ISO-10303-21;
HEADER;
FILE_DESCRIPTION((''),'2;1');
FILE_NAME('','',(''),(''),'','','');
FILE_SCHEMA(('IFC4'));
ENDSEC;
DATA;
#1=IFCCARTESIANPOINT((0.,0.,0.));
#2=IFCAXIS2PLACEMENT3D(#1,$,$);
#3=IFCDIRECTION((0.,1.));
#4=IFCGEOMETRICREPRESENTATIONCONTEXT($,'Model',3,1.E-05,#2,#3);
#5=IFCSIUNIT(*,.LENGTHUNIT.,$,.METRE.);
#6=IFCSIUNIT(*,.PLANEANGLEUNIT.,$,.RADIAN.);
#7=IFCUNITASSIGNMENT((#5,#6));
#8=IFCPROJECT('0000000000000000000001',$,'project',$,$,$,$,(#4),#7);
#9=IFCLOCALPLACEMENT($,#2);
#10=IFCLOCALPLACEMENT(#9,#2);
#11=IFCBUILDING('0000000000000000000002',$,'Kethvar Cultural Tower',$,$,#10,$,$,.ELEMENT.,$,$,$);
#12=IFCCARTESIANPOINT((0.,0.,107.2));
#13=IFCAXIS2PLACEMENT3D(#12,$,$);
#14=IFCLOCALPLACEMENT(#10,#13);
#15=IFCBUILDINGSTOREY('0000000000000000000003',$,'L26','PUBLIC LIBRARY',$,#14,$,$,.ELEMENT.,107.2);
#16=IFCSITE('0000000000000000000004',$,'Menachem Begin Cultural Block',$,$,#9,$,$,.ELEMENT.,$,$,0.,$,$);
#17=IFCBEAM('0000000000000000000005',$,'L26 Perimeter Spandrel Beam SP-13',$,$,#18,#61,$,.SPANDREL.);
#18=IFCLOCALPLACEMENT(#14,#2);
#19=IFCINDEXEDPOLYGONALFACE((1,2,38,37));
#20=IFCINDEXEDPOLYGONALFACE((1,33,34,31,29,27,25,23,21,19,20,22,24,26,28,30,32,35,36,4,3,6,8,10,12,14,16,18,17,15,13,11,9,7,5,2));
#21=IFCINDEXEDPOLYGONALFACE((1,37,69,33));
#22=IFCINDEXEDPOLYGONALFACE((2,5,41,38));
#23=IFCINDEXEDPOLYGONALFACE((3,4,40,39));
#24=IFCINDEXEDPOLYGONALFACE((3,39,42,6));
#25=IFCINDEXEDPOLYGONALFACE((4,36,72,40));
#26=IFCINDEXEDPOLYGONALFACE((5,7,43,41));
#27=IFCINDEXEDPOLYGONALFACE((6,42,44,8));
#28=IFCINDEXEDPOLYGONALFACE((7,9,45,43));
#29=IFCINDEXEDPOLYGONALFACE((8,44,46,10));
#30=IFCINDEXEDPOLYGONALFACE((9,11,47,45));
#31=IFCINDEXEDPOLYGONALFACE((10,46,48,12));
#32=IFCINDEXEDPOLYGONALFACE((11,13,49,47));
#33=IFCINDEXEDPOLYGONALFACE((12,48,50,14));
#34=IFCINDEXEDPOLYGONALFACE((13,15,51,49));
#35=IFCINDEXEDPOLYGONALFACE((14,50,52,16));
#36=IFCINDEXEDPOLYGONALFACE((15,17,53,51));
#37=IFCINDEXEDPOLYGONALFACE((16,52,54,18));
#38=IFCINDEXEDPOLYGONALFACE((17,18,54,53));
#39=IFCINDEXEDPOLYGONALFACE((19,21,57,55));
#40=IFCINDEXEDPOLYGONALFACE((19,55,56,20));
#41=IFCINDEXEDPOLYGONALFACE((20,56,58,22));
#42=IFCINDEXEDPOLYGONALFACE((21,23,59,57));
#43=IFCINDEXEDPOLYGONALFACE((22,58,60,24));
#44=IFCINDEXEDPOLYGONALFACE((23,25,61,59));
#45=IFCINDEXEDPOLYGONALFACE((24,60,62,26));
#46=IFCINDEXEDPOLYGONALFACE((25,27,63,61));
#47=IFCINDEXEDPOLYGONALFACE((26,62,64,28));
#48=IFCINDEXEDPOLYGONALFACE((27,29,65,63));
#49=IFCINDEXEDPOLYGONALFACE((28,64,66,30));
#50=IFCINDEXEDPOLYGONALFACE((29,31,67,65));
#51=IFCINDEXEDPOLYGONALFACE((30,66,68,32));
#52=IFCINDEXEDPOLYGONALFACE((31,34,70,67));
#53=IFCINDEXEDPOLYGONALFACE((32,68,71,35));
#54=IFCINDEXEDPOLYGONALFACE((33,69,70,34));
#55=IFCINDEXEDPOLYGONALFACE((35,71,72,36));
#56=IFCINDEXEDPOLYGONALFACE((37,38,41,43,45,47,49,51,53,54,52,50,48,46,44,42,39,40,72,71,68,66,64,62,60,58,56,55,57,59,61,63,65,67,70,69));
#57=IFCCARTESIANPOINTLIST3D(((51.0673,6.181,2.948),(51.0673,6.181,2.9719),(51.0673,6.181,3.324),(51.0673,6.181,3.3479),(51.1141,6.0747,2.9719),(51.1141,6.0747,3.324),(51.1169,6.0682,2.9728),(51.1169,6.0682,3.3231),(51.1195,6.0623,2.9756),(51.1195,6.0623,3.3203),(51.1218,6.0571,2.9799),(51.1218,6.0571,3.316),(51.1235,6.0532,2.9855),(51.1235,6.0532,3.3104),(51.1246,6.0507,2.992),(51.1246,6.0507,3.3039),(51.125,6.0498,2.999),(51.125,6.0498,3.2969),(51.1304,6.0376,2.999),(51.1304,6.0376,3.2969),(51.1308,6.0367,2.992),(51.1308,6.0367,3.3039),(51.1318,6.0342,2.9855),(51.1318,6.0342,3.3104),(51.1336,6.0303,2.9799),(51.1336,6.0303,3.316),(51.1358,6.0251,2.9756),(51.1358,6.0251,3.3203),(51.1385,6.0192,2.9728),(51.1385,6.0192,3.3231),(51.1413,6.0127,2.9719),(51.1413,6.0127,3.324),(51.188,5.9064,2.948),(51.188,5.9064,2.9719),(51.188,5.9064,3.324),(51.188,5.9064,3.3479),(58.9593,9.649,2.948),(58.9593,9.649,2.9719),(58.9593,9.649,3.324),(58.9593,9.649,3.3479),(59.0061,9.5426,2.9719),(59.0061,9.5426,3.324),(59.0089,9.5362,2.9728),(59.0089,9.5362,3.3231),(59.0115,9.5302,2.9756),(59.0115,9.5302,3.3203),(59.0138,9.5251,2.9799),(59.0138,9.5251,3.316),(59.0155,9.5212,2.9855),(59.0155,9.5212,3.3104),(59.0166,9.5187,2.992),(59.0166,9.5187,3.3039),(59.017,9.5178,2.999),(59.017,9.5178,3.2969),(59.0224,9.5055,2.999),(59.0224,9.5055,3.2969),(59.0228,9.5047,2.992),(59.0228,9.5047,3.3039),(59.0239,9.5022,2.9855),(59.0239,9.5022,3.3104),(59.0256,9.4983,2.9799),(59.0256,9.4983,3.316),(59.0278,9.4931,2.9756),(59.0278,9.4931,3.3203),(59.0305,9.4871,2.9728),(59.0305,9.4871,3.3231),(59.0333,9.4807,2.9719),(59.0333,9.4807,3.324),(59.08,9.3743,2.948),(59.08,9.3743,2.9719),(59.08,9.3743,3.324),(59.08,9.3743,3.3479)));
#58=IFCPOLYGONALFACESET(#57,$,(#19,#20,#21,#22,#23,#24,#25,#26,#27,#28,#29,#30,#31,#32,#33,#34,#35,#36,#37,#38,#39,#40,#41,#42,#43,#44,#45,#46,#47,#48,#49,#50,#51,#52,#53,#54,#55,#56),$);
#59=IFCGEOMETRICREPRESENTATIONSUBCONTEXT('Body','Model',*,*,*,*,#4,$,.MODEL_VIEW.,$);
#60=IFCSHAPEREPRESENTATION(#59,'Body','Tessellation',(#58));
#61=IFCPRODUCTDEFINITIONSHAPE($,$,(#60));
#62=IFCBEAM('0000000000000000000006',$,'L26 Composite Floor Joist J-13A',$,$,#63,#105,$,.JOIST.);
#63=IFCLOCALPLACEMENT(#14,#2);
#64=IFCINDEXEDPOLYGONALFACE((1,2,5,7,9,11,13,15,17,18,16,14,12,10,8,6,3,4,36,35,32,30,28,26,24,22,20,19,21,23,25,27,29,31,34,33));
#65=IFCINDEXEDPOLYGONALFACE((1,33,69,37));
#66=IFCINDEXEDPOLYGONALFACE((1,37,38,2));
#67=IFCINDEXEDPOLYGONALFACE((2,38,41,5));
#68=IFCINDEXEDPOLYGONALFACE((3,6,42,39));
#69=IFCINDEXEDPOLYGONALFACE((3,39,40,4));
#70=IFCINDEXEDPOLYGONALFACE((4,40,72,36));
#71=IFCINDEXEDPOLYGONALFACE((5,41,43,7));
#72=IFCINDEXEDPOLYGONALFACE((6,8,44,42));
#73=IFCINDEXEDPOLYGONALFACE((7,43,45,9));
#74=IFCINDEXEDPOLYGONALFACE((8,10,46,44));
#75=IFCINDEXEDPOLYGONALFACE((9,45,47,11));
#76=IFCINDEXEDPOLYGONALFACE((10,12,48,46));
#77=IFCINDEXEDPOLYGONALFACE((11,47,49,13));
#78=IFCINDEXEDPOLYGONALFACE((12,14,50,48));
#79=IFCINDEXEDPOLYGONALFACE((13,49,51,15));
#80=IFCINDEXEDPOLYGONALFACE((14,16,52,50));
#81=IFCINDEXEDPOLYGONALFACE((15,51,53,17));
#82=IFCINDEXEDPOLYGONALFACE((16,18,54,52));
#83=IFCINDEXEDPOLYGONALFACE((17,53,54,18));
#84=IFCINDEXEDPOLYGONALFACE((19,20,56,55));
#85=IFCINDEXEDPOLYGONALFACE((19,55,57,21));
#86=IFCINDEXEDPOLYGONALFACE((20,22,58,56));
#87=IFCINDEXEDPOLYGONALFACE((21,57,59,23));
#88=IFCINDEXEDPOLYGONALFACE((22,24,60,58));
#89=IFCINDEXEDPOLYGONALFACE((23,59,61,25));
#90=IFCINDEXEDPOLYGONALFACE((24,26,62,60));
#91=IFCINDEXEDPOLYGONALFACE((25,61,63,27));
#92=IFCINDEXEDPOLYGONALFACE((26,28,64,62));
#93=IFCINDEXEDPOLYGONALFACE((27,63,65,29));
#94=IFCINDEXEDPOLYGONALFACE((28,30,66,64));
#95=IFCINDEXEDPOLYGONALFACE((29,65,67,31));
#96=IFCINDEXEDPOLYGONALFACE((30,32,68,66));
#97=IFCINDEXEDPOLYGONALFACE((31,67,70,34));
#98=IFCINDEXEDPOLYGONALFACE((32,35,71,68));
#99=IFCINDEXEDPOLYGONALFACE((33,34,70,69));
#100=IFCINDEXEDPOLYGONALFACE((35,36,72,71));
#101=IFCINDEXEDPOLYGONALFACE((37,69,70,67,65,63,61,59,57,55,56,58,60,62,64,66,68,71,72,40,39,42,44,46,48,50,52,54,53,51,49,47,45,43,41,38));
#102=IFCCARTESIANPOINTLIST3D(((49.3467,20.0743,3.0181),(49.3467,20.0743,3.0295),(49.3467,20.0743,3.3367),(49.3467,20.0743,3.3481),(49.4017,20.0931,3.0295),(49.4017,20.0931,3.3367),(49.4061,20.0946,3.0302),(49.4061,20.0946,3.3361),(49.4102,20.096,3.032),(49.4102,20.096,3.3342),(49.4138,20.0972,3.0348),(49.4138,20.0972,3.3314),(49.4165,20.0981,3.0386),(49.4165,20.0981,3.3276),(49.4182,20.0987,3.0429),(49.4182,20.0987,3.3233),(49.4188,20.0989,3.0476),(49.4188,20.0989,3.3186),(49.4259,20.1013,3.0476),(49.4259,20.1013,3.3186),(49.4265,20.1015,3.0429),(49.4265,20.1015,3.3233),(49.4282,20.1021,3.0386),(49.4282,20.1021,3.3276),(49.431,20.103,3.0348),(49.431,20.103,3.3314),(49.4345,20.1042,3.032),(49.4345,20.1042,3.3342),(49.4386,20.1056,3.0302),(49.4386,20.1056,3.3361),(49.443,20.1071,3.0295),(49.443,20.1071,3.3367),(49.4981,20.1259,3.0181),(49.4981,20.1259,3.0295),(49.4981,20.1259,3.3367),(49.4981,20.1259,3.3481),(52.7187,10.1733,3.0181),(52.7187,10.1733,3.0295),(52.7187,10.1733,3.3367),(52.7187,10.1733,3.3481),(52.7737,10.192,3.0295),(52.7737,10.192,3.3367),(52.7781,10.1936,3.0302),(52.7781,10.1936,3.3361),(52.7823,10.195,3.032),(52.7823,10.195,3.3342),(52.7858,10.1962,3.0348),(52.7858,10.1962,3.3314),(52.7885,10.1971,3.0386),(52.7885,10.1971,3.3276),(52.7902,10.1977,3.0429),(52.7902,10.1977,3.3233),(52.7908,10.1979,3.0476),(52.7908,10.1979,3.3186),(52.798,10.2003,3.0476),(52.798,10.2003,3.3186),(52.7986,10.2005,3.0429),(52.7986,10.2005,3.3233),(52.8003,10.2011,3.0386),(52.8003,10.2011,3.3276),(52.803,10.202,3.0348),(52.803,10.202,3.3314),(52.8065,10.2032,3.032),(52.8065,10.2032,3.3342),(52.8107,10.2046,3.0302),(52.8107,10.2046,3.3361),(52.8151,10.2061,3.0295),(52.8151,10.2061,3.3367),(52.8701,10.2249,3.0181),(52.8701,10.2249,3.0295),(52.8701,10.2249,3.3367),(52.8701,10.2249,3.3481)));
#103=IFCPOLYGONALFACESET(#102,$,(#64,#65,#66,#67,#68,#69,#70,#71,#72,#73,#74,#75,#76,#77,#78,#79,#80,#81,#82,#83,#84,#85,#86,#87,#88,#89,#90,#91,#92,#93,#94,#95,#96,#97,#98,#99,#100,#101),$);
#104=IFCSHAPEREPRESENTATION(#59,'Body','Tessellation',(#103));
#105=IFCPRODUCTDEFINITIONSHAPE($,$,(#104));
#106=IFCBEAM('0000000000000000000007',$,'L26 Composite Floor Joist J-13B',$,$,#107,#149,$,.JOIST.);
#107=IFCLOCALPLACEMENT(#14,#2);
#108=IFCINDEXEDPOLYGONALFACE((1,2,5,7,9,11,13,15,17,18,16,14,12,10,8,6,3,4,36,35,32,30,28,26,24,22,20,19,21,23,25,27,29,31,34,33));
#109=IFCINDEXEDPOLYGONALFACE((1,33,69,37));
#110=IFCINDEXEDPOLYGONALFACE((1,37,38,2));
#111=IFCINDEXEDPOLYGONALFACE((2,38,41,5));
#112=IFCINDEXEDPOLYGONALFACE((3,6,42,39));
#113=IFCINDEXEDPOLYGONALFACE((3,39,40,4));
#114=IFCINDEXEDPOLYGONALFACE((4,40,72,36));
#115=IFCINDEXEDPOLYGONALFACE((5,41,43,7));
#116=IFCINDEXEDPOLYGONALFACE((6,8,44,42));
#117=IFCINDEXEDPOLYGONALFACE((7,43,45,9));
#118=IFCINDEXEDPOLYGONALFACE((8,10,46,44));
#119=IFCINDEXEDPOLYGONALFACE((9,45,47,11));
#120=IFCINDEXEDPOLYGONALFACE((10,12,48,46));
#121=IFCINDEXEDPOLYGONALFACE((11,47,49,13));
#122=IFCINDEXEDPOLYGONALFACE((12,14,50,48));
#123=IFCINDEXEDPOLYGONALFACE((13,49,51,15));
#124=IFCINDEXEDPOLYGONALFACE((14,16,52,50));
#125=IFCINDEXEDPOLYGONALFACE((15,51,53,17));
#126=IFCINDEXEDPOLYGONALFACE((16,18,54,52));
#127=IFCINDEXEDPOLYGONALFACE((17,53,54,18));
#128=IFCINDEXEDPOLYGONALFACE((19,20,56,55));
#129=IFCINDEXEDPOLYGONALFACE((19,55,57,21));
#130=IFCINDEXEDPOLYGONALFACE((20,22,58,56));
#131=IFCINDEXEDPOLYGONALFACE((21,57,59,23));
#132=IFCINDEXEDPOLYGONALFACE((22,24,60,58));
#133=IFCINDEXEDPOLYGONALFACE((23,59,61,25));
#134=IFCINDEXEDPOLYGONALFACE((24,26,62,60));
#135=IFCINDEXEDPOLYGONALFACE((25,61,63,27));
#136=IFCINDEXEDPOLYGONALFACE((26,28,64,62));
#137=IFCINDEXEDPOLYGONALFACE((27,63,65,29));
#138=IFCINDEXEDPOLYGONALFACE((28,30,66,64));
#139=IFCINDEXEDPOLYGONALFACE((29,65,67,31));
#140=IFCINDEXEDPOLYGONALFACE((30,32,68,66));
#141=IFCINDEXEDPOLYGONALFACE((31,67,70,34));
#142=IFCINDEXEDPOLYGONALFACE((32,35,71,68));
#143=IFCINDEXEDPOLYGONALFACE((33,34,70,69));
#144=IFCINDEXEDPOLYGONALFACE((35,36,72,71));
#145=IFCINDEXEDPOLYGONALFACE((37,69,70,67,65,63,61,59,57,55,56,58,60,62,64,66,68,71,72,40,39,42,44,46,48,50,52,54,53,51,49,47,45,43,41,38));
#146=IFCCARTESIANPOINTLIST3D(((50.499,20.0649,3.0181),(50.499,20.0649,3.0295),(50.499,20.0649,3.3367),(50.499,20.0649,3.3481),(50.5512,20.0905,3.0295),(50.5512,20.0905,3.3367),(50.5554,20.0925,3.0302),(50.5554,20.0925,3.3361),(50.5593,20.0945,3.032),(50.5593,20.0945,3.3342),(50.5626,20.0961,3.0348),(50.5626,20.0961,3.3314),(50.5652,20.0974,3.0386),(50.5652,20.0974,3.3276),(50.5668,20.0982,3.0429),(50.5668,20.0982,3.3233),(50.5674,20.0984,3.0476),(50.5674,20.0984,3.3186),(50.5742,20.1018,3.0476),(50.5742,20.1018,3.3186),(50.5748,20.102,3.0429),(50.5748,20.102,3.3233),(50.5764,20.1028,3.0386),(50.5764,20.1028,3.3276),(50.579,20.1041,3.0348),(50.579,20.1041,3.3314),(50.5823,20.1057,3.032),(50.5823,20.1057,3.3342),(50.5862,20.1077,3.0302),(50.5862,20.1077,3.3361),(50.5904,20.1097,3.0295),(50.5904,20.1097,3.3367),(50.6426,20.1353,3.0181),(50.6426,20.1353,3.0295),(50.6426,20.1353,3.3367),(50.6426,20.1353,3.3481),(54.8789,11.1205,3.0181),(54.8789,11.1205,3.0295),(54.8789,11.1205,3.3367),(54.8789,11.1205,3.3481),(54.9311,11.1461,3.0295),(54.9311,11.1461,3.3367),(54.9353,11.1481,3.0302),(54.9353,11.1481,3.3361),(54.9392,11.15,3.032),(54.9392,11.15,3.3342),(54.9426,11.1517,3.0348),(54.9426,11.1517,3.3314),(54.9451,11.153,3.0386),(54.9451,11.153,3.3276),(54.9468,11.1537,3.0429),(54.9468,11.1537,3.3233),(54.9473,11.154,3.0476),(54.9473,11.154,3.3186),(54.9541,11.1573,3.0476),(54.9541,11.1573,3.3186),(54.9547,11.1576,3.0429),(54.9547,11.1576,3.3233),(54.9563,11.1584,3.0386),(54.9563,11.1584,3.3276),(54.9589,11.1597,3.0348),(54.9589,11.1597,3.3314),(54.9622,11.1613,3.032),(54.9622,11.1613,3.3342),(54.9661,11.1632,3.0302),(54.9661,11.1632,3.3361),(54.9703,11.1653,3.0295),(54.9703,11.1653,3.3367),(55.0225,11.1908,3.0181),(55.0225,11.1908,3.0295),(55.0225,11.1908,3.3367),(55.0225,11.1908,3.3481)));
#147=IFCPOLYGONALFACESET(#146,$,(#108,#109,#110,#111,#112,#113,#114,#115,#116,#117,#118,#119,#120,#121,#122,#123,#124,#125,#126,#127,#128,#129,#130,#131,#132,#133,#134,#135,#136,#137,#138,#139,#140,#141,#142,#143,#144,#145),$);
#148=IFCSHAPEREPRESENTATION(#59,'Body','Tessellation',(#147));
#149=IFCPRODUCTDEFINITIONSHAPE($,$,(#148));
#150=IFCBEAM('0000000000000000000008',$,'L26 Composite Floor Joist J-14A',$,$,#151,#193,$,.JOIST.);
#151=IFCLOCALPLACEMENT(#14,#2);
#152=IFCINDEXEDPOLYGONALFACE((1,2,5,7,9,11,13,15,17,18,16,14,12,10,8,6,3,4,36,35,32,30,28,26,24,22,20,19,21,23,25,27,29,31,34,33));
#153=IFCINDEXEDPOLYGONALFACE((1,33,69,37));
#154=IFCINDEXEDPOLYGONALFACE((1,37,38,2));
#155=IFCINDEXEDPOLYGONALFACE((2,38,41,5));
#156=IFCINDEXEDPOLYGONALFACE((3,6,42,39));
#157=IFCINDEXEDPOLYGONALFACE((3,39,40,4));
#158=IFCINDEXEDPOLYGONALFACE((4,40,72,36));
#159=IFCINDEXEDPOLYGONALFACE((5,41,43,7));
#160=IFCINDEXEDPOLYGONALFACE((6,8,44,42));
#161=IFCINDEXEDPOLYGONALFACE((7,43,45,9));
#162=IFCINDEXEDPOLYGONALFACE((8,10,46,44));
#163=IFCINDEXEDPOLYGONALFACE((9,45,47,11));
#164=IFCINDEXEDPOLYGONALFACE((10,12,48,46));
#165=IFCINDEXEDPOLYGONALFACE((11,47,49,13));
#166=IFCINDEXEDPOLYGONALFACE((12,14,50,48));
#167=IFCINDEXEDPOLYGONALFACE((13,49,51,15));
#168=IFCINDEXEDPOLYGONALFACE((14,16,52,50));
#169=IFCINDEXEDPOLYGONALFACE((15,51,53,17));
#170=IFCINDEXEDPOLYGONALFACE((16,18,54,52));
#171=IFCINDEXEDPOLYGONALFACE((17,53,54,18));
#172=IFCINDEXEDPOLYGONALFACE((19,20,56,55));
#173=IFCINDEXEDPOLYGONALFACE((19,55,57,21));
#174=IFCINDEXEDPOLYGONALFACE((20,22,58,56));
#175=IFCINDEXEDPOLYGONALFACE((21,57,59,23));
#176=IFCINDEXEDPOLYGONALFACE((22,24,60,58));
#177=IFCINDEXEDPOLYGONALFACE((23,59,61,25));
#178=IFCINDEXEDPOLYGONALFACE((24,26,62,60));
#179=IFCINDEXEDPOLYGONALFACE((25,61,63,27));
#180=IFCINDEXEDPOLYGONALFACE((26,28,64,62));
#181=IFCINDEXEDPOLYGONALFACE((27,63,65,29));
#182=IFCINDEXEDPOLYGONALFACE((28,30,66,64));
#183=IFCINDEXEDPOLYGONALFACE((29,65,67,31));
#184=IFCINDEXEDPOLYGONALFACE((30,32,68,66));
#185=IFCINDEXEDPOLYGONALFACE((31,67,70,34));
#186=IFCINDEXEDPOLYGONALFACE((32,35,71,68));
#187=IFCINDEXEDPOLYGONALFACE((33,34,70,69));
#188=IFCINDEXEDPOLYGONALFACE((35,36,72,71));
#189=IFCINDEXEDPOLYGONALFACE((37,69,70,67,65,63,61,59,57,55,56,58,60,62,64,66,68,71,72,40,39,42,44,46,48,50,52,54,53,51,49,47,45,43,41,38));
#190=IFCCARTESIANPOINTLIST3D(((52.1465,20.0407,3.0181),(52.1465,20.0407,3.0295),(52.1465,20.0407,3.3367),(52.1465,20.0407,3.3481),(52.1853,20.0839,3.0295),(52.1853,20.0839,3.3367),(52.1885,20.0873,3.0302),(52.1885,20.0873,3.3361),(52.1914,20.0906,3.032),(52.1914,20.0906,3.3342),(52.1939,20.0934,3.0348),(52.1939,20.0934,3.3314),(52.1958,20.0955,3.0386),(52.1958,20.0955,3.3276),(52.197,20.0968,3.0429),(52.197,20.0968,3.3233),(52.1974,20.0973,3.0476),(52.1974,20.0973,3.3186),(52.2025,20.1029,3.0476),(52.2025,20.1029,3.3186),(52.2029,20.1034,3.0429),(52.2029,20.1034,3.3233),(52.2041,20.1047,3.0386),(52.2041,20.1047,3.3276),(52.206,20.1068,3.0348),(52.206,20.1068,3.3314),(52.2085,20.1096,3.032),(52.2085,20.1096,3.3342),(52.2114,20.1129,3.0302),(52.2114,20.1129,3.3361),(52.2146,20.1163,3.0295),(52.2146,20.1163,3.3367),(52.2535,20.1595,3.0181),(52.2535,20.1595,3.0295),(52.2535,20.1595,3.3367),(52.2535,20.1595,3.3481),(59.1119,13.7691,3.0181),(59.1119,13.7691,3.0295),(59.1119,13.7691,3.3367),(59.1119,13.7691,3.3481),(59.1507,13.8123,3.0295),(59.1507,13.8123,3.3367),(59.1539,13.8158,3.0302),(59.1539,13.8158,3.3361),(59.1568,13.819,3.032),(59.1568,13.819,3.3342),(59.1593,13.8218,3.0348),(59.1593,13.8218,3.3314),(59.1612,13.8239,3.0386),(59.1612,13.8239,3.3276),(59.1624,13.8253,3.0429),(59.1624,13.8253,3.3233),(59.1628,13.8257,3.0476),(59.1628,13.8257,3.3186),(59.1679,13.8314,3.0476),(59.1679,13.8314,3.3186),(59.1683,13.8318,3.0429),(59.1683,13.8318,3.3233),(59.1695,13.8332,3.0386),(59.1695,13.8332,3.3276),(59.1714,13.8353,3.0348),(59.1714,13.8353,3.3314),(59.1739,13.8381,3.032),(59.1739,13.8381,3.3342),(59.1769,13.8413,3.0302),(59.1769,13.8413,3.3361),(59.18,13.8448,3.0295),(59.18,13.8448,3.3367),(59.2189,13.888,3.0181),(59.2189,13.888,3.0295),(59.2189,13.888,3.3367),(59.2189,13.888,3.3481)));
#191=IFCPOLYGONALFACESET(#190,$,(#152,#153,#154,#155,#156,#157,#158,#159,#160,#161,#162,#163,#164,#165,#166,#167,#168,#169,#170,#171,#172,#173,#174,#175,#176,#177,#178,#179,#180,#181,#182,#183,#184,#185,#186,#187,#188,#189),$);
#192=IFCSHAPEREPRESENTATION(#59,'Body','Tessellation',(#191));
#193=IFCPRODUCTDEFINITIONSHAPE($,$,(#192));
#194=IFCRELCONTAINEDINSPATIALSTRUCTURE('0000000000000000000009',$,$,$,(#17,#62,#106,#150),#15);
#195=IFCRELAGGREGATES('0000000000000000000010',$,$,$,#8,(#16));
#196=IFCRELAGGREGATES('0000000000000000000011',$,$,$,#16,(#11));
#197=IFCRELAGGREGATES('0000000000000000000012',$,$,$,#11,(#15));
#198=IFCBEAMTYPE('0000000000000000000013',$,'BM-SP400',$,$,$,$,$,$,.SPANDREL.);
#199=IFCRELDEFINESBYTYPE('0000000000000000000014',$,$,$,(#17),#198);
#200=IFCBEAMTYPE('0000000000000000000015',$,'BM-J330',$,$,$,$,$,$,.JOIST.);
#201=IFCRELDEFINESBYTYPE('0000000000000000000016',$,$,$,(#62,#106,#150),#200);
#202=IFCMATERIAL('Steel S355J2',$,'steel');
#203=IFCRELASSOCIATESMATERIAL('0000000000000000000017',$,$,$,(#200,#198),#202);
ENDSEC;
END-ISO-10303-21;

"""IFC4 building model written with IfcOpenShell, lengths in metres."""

from ifc_helpers import new_model, si_unit, direction, frame, origin, origin_2d, place, context, subcontext, project, spatial, i_section, extrude, source, transform, mapped, material, material_profile, profile_set, type_object, element, save


model = new_model("IFC4")

# Units and contexts
model_context = context("Model", 3, precision=1e-05, world=origin(), true_north=direction((0.0, 1.0)))
body_context = subcontext(model_context, "Body", "Model", "MODEL_VIEW")
ifc_project = project(units=[si_unit("LENGTHUNIT", "METRE"), si_unit("PLANEANGLEUNIT", "RADIAN")], contexts=[model_context])

# Site, building, storey
site_placement = place(None, origin())
site = spatial("IfcSite", under=ifc_project, at=site_placement, Name="Menachem Begin Cultural Block", CompositionType="ELEMENT", RefElevation=0.0)
building_placement = place(site_placement, origin())
building = spatial("IfcBuilding", under=site, at=building_placement, Name="Kethvar Cultural Tower", CompositionType="ELEMENT")
storey_placement = place(building_placement, frame((0.0, 0.0, 107.2)))
storey = spatial("IfcBuildingStorey", under=building, at=storey_placement, Name="L26", Description="PUBLIC LIBRARY", CompositionType="ELEMENT", Elevation=107.2)

# Beams
ifc_material_1 = material(Name="Steel S355J2", Category="steel")
ifc_material_profile_1 = material_profile(ifc_material_1, i_section(OverallWidth=0.1599, OverallDepth=0.3301, WebThickness=0.0076, FlangeThickness=0.0115, FilletRadius=0.0181, at=origin_2d()), Name="Steel S355J2 — IPE330")
ifc_profile_set_1 = profile_set([ifc_material_profile_1], Name="Steel S355J2 — IPE330")
beam_type_1 = type_object("IfcBeamType", Name="BM-J330", PredefinedType="JOIST", material=ifc_profile_set_1)
ifc_material_profile_2 = material_profile(ifc_material_1, i_section(OverallWidth=0.3, OverallDepth=0.3999, WebThickness=0.0134, FlangeThickness=0.0239, FilletRadius=0.0271, at=origin_2d()), Name="Steel S355J2 — HEB400")
ifc_profile_set_2 = profile_set([ifc_material_profile_2], Name="Steel S355J2 — HEB400")
beam_type_2 = type_object("IfcBeamType", Name="BM-SP400", PredefinedType="SPANDREL", material=ifc_profile_set_2)
shared_shape_1 = source(origin(), body_context, "Body", "SweptSolid", [
    extrude(i_section(OverallWidth=0.3, OverallDepth=0.3999, WebThickness=0.0134, FlangeThickness=0.0239, FilletRadius=0.0271, at=origin_2d()), origin(), (0.0, 0.0, 1.0), 8.6204),
])
beam_1_placement = place(storey_placement, frame((51.1277, 6.0437, 3.1479), z_axis=(0.915507, 0.402301, 0.0), x_axis=(-0.402301, 0.915507, 0.0)))
element("IfcBeam", 1, at=beam_1_placement, inside=storey, type_object=beam_type_2, Name="L26 Perimeter Spandrel Beam SP-13", PredefinedType="SPANDREL", context=body_context, shape_type="MappedRepresentation", body=[
    mapped(shared_shape_1, transform((0.0, 0.0, 0.0), scale=1.0)),
])
shared_shape_2 = source(origin(), body_context, "Body", "SweptSolid", [
    extrude(i_section(OverallWidth=0.1599, OverallDepth=0.3301, WebThickness=0.0076, FlangeThickness=0.0115, FilletRadius=0.0181, at=origin_2d()), origin(), (0.0, 0.0, 1.0), 10.4595),
])
beam_2_placement = place(storey_placement, frame((49.4224, 20.1001, 3.1831), z_axis=(0.32239, -0.946607, 0.0), x_axis=(0.946607, 0.32239, 0.0)))
element("IfcBeam", 2, at=beam_2_placement, inside=storey, type_object=beam_type_1, Name="L26 Composite Floor Joist J-13A", PredefinedType="JOIST", context=body_context, shape_type="MappedRepresentation", body=[
    mapped(shared_shape_2, transform((0.0, 0.0, 0.0), scale=1.0)),
])
shared_shape_3 = source(origin(), body_context, "Body", "SweptSolid", [
    extrude(i_section(OverallWidth=0.1599, OverallDepth=0.3301, WebThickness=0.0076, FlangeThickness=0.0115, FilletRadius=0.0181, at=origin_2d()), origin(), (0.0, 0.0, 1.0), 9.9592),
])
beam_3_placement = place(storey_placement, frame((50.5708, 20.1001, 3.1831), z_axis=(0.439785, -0.898103, 0.0), x_axis=(0.898103, 0.439785, 0.0)))
element("IfcBeam", 3, at=beam_3_placement, inside=storey, type_object=beam_type_1, Name="L26 Composite Floor Joist J-13B", PredefinedType="JOIST", context=body_context, shape_type="MappedRepresentation", body=[
    mapped(shared_shape_3, transform((0.0, 0.0, 0.0), scale=1.0)),
])
shared_shape_4 = source(origin(), body_context, "Body", "SweptSolid", [
    extrude(i_section(OverallWidth=0.1599, OverallDepth=0.3301, WebThickness=0.0076, FlangeThickness=0.0115, FilletRadius=0.0181, at=origin_2d()), origin(), (0.0, 0.0, 1.0), 9.3728),
])
beam_4_placement = place(storey_placement, frame((52.2, 20.1001, 3.1831), z_axis=(0.743152, -0.669123, 0.0), x_axis=(0.669123, 0.743152, 0.0)))
element("IfcBeam", 4, at=beam_4_placement, inside=storey, type_object=beam_type_1, Name="L26 Composite Floor Joist J-14A", PredefinedType="JOIST", context=body_context, shape_type="MappedRepresentation", body=[
    mapped(shared_shape_4, transform((0.0, 0.0, 0.0), scale=1.0)),
])

save(model, "model.ifc")
